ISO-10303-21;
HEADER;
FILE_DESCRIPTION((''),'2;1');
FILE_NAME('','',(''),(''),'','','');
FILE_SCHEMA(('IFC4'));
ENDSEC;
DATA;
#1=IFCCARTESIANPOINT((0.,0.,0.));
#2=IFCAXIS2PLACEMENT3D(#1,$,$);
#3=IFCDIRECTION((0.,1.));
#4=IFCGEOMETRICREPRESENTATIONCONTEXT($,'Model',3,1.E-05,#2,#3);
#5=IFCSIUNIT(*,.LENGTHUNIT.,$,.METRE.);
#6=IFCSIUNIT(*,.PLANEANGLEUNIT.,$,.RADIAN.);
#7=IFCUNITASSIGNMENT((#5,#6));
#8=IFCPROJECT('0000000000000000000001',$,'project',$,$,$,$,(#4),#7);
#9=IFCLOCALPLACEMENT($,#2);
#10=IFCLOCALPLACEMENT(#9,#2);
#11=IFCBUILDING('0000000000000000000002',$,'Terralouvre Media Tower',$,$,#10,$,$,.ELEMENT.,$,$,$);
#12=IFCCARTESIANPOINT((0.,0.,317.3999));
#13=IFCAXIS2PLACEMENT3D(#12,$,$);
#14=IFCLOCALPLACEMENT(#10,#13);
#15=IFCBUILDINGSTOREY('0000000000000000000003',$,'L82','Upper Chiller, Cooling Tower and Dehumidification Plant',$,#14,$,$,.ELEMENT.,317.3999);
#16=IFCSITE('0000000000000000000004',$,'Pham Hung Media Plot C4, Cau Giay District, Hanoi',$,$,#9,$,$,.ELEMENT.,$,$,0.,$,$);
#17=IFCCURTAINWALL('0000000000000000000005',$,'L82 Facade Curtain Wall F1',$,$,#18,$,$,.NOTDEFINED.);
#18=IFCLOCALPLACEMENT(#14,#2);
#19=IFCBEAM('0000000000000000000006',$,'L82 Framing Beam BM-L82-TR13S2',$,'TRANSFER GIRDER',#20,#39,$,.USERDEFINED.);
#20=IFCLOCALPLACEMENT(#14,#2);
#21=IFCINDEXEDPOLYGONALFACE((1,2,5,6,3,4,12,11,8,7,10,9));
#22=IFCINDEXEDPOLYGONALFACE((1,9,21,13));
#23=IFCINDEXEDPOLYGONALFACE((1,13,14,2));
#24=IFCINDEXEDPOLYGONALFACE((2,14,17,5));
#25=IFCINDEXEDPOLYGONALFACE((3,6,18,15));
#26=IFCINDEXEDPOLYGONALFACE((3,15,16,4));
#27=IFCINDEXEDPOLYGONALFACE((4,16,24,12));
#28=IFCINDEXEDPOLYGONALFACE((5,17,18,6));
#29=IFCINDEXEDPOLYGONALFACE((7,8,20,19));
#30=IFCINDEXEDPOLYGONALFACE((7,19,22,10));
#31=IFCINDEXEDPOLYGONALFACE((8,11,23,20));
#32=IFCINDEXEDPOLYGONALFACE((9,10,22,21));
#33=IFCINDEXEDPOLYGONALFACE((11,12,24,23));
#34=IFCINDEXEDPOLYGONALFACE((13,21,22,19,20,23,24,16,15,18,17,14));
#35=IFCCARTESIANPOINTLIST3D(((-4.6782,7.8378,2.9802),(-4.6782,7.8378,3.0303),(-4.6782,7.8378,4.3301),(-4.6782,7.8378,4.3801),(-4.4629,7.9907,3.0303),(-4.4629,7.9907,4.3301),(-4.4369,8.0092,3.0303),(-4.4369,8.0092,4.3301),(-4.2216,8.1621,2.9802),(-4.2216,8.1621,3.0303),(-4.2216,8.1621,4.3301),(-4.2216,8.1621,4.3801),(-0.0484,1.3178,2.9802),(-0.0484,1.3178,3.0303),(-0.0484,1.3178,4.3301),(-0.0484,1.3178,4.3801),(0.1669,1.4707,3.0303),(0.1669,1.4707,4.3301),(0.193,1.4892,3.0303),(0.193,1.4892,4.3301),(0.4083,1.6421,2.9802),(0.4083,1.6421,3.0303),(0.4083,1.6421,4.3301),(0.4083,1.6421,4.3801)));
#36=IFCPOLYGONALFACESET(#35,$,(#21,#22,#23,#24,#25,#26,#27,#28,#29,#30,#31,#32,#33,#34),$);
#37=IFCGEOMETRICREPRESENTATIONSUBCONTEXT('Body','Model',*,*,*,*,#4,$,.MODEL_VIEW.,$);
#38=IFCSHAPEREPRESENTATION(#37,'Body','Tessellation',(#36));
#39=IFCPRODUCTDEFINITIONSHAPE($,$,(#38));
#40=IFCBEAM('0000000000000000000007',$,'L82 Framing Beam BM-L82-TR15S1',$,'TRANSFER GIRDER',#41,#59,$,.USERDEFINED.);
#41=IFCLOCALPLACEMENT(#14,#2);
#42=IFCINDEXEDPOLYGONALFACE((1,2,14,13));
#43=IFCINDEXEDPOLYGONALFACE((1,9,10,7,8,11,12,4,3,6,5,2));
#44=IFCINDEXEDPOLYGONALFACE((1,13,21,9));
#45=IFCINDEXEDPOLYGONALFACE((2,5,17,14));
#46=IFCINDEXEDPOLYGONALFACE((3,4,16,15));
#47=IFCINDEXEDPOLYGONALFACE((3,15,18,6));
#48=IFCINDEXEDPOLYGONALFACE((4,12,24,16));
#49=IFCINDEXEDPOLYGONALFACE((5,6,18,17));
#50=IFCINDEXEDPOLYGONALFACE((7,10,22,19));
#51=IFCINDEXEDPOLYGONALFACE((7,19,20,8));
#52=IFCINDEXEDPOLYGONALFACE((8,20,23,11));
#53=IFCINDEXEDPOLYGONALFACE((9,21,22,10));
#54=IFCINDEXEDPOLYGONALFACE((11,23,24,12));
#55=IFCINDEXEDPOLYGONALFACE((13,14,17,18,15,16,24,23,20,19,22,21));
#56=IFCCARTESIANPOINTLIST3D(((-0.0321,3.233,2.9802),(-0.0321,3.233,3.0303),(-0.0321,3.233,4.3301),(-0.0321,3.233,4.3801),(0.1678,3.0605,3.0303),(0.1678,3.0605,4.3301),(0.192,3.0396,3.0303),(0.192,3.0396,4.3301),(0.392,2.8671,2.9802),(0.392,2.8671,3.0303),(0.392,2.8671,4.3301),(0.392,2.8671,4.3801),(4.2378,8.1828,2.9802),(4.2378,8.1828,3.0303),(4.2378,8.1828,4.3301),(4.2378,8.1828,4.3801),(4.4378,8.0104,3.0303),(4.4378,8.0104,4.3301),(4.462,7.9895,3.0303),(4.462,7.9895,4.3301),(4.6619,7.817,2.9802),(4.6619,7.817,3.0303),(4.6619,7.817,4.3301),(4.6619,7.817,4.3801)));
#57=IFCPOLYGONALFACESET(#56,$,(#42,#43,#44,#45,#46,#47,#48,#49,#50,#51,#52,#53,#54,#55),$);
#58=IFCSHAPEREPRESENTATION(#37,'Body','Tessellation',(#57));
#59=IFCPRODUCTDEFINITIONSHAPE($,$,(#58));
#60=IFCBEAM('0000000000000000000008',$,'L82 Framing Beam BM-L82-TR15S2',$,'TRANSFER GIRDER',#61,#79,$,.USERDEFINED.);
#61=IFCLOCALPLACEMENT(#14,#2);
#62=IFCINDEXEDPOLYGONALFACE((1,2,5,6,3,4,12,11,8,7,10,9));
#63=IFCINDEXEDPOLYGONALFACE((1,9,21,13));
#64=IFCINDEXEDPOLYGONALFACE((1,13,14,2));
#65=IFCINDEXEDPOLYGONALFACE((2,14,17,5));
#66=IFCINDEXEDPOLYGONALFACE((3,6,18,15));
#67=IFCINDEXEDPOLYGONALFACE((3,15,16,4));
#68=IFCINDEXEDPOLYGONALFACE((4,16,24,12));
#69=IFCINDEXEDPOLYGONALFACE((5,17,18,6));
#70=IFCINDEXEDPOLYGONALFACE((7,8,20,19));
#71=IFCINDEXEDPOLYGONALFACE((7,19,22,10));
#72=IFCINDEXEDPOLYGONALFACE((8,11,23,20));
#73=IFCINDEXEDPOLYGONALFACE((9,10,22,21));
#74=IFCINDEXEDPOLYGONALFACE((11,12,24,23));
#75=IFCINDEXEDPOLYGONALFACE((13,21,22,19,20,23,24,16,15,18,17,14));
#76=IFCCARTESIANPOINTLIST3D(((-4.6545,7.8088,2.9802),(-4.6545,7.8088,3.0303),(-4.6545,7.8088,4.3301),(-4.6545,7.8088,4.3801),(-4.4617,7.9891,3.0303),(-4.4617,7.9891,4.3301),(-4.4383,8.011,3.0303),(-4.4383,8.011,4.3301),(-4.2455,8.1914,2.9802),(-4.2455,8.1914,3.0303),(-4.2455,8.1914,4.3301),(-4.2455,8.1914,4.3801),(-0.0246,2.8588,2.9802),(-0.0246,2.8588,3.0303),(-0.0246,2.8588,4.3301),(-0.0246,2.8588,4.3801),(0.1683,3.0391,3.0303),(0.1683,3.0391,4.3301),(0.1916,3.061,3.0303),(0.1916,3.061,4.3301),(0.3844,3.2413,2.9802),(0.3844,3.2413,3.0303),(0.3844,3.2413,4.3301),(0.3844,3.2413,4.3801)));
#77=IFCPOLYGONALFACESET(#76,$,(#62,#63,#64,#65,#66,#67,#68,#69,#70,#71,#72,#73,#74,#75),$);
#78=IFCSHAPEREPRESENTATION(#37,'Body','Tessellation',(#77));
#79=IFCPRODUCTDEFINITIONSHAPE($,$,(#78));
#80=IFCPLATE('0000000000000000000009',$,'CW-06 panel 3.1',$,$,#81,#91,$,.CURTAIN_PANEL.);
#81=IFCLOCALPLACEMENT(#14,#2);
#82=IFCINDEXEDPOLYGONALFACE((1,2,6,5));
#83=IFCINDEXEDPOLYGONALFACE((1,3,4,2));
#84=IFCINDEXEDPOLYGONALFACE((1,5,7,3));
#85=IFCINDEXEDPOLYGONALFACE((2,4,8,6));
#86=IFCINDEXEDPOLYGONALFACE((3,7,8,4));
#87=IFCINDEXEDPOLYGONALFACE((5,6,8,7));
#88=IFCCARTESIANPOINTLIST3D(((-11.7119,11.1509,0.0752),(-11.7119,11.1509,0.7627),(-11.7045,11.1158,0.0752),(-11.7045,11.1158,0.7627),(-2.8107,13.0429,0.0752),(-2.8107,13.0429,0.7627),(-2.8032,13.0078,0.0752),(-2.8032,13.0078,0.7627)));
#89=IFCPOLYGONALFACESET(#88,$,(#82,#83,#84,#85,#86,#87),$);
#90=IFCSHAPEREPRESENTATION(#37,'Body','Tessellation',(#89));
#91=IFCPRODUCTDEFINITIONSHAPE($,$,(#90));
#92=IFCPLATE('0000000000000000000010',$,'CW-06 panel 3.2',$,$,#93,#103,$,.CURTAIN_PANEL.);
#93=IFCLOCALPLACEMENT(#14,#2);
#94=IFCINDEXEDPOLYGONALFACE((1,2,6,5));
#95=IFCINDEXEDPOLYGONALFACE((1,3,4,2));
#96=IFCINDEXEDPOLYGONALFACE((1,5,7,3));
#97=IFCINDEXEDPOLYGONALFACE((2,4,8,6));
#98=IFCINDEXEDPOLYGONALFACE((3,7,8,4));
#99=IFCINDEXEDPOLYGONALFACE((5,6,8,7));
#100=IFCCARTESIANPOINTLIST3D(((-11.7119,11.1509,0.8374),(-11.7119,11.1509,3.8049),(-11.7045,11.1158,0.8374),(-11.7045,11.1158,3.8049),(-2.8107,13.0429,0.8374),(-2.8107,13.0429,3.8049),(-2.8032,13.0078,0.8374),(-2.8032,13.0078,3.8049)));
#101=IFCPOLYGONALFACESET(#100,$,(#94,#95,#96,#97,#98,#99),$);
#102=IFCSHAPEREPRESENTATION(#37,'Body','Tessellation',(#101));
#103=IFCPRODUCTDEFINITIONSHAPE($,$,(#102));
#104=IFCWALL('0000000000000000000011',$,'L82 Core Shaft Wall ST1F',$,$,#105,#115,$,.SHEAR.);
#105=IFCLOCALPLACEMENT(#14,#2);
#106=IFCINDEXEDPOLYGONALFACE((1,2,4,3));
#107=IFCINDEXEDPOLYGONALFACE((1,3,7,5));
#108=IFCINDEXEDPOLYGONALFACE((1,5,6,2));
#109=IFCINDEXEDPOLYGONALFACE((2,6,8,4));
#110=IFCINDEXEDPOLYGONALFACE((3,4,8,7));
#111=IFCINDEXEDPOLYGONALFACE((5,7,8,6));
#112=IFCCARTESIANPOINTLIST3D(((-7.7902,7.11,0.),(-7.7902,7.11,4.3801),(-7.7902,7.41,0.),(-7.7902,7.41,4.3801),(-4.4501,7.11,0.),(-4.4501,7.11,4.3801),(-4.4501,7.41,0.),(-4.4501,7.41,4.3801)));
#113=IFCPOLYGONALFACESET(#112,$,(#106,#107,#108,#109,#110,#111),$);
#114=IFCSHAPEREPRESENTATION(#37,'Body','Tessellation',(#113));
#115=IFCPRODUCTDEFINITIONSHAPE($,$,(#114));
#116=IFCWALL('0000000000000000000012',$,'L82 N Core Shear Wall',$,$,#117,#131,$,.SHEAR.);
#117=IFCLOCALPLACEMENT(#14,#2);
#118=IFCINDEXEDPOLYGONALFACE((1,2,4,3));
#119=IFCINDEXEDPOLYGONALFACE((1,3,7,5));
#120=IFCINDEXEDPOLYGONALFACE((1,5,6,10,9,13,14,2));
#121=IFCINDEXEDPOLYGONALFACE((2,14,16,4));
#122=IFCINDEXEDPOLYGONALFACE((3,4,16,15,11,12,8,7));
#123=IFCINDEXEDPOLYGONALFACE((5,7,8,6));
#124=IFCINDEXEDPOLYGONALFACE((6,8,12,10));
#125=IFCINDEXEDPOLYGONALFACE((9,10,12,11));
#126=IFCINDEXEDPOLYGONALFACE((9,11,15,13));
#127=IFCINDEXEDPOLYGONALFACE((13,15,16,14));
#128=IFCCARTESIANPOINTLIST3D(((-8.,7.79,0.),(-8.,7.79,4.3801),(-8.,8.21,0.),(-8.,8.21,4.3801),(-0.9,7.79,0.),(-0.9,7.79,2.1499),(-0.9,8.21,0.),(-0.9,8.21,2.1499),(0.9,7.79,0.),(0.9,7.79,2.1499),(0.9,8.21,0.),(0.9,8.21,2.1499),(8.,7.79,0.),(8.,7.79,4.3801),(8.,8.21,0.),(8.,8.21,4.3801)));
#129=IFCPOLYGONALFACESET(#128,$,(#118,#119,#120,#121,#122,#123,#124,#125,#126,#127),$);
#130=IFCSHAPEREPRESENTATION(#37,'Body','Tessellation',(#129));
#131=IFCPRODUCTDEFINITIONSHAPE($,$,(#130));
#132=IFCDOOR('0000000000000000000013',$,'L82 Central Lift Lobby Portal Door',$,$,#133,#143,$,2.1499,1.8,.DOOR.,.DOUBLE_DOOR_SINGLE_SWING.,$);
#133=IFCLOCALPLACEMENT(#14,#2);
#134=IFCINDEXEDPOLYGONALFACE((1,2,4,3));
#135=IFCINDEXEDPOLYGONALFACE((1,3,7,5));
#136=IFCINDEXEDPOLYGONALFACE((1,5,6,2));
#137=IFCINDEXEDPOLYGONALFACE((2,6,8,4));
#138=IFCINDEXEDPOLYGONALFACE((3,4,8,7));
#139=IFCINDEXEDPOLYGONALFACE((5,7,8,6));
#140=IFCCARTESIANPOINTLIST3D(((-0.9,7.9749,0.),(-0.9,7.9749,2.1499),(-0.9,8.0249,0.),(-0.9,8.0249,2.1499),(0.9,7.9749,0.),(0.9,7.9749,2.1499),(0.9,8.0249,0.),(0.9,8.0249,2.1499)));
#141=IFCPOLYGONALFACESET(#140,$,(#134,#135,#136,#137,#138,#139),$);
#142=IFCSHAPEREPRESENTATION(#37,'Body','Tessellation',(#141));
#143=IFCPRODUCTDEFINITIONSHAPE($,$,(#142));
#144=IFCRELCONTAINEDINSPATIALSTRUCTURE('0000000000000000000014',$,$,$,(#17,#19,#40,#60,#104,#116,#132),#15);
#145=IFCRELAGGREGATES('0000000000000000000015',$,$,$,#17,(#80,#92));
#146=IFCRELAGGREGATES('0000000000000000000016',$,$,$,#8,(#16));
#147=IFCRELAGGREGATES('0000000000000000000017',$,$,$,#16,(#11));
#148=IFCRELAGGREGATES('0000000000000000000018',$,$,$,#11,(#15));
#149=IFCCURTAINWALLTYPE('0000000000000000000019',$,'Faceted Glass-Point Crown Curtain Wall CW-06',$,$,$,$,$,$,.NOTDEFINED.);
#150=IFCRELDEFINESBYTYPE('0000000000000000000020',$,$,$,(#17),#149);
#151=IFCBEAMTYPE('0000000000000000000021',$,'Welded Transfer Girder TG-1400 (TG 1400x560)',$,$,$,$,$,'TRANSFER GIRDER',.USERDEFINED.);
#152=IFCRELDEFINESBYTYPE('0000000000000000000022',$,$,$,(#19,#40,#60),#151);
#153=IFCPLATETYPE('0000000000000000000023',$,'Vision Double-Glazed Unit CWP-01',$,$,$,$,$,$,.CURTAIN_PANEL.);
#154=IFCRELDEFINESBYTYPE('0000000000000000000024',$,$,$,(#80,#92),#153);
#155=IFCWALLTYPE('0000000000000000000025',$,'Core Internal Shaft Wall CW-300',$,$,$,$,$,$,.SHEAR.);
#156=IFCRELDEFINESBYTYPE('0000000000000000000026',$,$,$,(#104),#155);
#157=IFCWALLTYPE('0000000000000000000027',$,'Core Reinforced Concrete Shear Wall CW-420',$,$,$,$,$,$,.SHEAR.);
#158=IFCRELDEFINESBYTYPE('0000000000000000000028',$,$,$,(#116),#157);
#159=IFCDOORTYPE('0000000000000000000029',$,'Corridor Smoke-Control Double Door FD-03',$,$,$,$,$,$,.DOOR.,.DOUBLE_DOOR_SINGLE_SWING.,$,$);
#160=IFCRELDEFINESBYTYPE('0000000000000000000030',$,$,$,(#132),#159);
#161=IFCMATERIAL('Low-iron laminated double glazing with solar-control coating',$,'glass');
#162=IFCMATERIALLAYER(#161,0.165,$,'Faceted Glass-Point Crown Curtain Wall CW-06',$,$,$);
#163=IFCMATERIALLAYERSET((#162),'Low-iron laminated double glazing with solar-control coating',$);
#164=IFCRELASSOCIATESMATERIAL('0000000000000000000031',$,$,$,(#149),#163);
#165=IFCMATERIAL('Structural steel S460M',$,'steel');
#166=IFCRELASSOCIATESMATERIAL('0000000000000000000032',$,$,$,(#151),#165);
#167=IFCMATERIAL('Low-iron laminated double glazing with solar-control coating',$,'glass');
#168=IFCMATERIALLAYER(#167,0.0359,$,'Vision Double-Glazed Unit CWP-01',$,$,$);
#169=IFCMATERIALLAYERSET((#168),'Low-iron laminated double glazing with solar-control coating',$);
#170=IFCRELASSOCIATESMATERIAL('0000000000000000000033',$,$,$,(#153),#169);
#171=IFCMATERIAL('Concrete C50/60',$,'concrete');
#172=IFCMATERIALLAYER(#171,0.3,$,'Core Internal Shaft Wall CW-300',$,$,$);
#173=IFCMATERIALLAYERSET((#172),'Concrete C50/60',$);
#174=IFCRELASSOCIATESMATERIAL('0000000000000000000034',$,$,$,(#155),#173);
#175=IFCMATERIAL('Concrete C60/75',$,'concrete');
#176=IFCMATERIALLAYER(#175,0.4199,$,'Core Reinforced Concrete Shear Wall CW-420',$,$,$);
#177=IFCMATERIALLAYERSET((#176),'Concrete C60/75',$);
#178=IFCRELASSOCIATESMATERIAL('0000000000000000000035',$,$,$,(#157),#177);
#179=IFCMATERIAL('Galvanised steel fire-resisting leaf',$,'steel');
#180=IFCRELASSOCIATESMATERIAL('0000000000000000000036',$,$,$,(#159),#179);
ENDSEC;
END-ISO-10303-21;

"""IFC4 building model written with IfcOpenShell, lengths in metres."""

from ifc_helpers import new_model, si_unit, direction, frame, frame_2d, origin, origin_2d, place, context, subcontext, project, spatial, rectangle, i_section, extrude, material, layer, layer_set, material_profile, profile_set, type_object, element, fill, aggregate, save


model = new_model("IFC4")

# Units and contexts
model_context = context("Model", 3, precision=1e-05, world=origin(), true_north=direction((0.0, 1.0)))
body_context = subcontext(model_context, "Body", "Model", "MODEL_VIEW")
ifc_project = project(units=[si_unit("LENGTHUNIT", "METRE"), si_unit("PLANEANGLEUNIT", "RADIAN")], contexts=[model_context])

# Site, building, storey
site_placement = place(None, origin())
site = spatial("IfcSite", under=ifc_project, at=site_placement, Name="Pham Hung Media Plot C4, Cau Giay District, Hanoi", CompositionType="ELEMENT", RefElevation=0.0)
building_placement = place(site_placement, origin())
building = spatial("IfcBuilding", under=site, at=building_placement, Name="Terralouvre Media Tower", CompositionType="ELEMENT")
storey_placement = place(building_placement, frame((0.0, 0.0, 317.3999)))
storey = spatial("IfcBuildingStorey", under=building, at=storey_placement, Name="L82", Description="Upper Chiller, Cooling Tower and Dehumidification Plant", CompositionType="ELEMENT", Elevation=317.3999)

# Curtain wall
ifc_material_1 = material(Name="Low-iron laminated double glazing with solar-control coating", Category="glass")
ifc_layer_1 = layer(ifc_material_1, 0.165, Name="Faceted Glass-Point Crown Curtain Wall CW-06")
ifc_layer_set_1 = layer_set([ifc_layer_1], Name="Low-iron laminated double glazing with solar-control coating")
curtain_wall_type = type_object("IfcCurtainWallType", Name="Faceted Glass-Point Crown Curtain Wall CW-06", PredefinedType="NOTDEFINED", material=ifc_layer_set_1)
curtain_wall_placement = place(storey_placement, origin())
curtain_wall = element("IfcCurtainWall", 1, at=curtain_wall_placement, inside=storey, type_object=curtain_wall_type, Name="L82 Facade Curtain Wall F1", PredefinedType="NOTDEFINED")

# Beams
ifc_material_2 = material(Name="Structural steel S460M", Category="steel")
ifc_material_profile_1 = material_profile(ifc_material_2, i_section(OverallWidth=0.5601, OverallDepth=1.3999, WebThickness=0.032, FlangeThickness=0.05, at=origin_2d()), Name="TG 1400x560")
ifc_profile_set_1 = profile_set([ifc_material_profile_1], Name="Structural steel S460M")
beam_type_1 = type_object("IfcBeamType", Name="Welded Transfer Girder TG-1400 (TG 1400x560)", ElementType="TRANSFER GIRDER", PredefinedType="USERDEFINED", material=ifc_profile_set_1)
beam_1_placement = place(storey_placement, frame((0.1799, 1.48, 3.6802), z_axis=(-0.578978, 0.815343, 0.0), x_axis=(-0.815343, -0.578978, 0.0)))
element("IfcBeam", 2, at=beam_1_placement, inside=storey, type_object=beam_type_1, Name="L82 Framing Beam BM-L82-TR13S2", ObjectType="TRANSFER GIRDER", PredefinedType="USERDEFINED", context=body_context, shape_type="SweptSolid", body=[
    extrude(i_section(OverallWidth=0.5601, OverallDepth=1.3999, WebThickness=0.032, FlangeThickness=0.05, at=origin_2d()), origin(), (0.0, 0.0, 1.0), 7.9966),
])
beam_2_placement = place(storey_placement, frame((0.1799, 3.05, 3.6802), z_axis=(0.653187, 0.757197, 0.0), x_axis=(-0.757197, 0.653187, 0.0)))
element("IfcBeam", 3, at=beam_2_placement, inside=storey, type_object=beam_type_1, Name="L82 Framing Beam BM-L82-TR15S1", ObjectType="TRANSFER GIRDER", PredefinedType="USERDEFINED", context=body_context, shape_type="SweptSolid", body=[
    extrude(i_section(OverallWidth=0.5601, OverallDepth=1.3999, WebThickness=0.032, FlangeThickness=0.05, at=origin_2d()), origin(), (0.0, 0.0, 1.0), 6.5371),
])
beam_3_placement = place(storey_placement, frame((0.1799, 3.05, 3.6802), z_axis=(-0.683101, 0.730324, 0.0), x_axis=(-0.730324, -0.683101, 0.0)))
element("IfcBeam", 4, at=beam_3_placement, inside=storey, type_object=beam_type_1, Name="L82 Framing Beam BM-L82-TR15S2", ObjectType="TRANSFER GIRDER", PredefinedType="USERDEFINED", context=body_context, shape_type="SweptSolid", body=[
    extrude(i_section(OverallWidth=0.5601, OverallDepth=1.3999, WebThickness=0.032, FlangeThickness=0.05, at=origin_2d()), origin(), (0.0, 0.0, 1.0), 6.7778),
])

# Plates
ifc_material_3 = material(Name="Low-iron laminated double glazing with solar-control coating", Category="glass")
ifc_layer_2 = layer(ifc_material_3, 0.0359, Name="Vision Double-Glazed Unit CWP-01")
ifc_layer_set_2 = layer_set([ifc_layer_2], Name="Low-iron laminated double glazing with solar-control coating")
plate_type = type_object("IfcPlateType", Name="Vision Double-Glazed Unit CWP-01", PredefinedType="CURTAIN_PANEL", material=ifc_layer_set_2)
plate_1_placement = place(storey_placement, frame((-7.2576, 12.0793, 0.0752), z_axis=(0.0, 0.0, 1.0), x_axis=(-0.978148, -0.207912, 0.0)))
plate_1 = element("IfcPlate", 5, at=plate_1_placement, type_object=plate_type, Name="CW-06 panel 3.1", PredefinedType="CURTAIN_PANEL", context=body_context, shape_type="SweptSolid", body=[
    extrude(rectangle(XDim=9.1001, YDim=0.0359, at=origin_2d()), origin(), (0.0, 0.0, 1.0), 0.6875),
])
plate_2_placement = place(storey_placement, frame((-7.2576, 12.0793, 0.8374), z_axis=(0.0, 0.0, 1.0), x_axis=(-0.978148, -0.207912, 0.0)))
plate_2 = element("IfcPlate", 6, at=plate_2_placement, type_object=plate_type, Name="CW-06 panel 3.2", PredefinedType="CURTAIN_PANEL", context=body_context, shape_type="SweptSolid", body=[
    extrude(rectangle(XDim=9.1001, YDim=0.0359, at=origin_2d()), origin(), (0.0, 0.0, 1.0), 2.9675),
])
aggregate(curtain_wall, [plate_1, plate_2])

# Wall
ifc_material_4 = material(Name="Concrete C50/60", Category="concrete")
ifc_layer_3 = layer(ifc_material_4, 0.3, Name="Core Internal Shaft Wall CW-300")
ifc_layer_set_3 = layer_set([ifc_layer_3], Name="Concrete C50/60")
wall_type_1 = type_object("IfcWallType", Name="Core Internal Shaft Wall CW-300", PredefinedType="SHEAR", material=ifc_layer_set_3)
wall_1_placement = place(storey_placement, frame((-7.79, 7.26, 0.0), z_axis=(0.0, 0.0, 1.0), x_axis=(1.0, 0.0, 0.0)))
element("IfcWall", 7, at=wall_1_placement, inside=storey, type_object=wall_type_1, Name="L82 Core Shaft Wall ST1F", PredefinedType="SHEAR", context=body_context, shape_type="SweptSolid", body=[
    extrude(rectangle(XDim=3.3401, YDim=0.3, at=frame_2d((1.6699, 0.0))), origin(), (0.0, 0.0, 1.0), 4.3801),
])

# Wall, opening, door
ifc_material_5 = material(Name="Concrete C60/75", Category="concrete")
ifc_layer_4 = layer(ifc_material_5, 0.4199, Name="Core Reinforced Concrete Shear Wall CW-420")
ifc_layer_set_4 = layer_set([ifc_layer_4], Name="Concrete C60/75")
wall_type_2 = type_object("IfcWallType", Name="Core Reinforced Concrete Shear Wall CW-420", PredefinedType="SHEAR", material=ifc_layer_set_4)
wall_2_placement = place(storey_placement, frame((-8.0, 8.0, 0.0), z_axis=(0.0, 0.0, 1.0), x_axis=(1.0, 0.0, 0.0)))
wall_2 = element("IfcWall", 8, at=wall_2_placement, inside=storey, type_object=wall_type_2, Name="L82 N Core Shear Wall", PredefinedType="SHEAR", context=body_context, shape_type="SweptSolid", body=[
    extrude(rectangle(XDim=16.0, YDim=0.4199, at=frame_2d((8.0, 0.0))), origin(), (0.0, 0.0, 1.0), 4.3801),
])
opening_placement = place(wall_2_placement, frame((7.1001, 0.0, 0.0)))
opening = element("IfcOpeningElement", 9, at=opening_placement, cuts=wall_2, PredefinedType="OPENING", context=body_context, shape_type="SweptSolid", body=[
    extrude(rectangle(XDim=1.8, YDim=2.1499, at=frame_2d((0.8999, 1.075))), frame((0.0, 0.22, 0.0), z_axis=(0.0, -1.0, 0.0), x_axis=(1.0, 0.0, 0.0)), (0.0, 0.0, 1.0), 0.4399),
])
ifc_material_6 = material(Name="Galvanised steel fire-resisting leaf", Category="steel")
door_type = type_object("IfcDoorType", Name="Corridor Smoke-Control Double Door FD-03", OperationType="DOUBLE_DOOR_SINGLE_SWING", PredefinedType="DOOR", material=ifc_material_6)
door_placement = place(opening_placement, origin())
door = element("IfcDoor", 10, at=door_placement, inside=storey, type_object=door_type, Name="L82 Central Lift Lobby Portal Door", OperationType="DOUBLE_DOOR_SINGLE_SWING", OverallHeight=2.1499, OverallWidth=1.8, PredefinedType="DOOR", context=body_context, shape_type="SweptSolid", body=[
    extrude(rectangle(XDim=1.8, YDim=2.1499, at=frame_2d((0.8999, 1.075))), frame((0.0, 0.0249, 0.0), z_axis=(0.0, -1.0, 0.0), x_axis=(1.0, 0.0, 0.0)), (0.0, 0.0, 1.0), 0.05),
])
fill(opening, door)

save(model, "model.ifc")
